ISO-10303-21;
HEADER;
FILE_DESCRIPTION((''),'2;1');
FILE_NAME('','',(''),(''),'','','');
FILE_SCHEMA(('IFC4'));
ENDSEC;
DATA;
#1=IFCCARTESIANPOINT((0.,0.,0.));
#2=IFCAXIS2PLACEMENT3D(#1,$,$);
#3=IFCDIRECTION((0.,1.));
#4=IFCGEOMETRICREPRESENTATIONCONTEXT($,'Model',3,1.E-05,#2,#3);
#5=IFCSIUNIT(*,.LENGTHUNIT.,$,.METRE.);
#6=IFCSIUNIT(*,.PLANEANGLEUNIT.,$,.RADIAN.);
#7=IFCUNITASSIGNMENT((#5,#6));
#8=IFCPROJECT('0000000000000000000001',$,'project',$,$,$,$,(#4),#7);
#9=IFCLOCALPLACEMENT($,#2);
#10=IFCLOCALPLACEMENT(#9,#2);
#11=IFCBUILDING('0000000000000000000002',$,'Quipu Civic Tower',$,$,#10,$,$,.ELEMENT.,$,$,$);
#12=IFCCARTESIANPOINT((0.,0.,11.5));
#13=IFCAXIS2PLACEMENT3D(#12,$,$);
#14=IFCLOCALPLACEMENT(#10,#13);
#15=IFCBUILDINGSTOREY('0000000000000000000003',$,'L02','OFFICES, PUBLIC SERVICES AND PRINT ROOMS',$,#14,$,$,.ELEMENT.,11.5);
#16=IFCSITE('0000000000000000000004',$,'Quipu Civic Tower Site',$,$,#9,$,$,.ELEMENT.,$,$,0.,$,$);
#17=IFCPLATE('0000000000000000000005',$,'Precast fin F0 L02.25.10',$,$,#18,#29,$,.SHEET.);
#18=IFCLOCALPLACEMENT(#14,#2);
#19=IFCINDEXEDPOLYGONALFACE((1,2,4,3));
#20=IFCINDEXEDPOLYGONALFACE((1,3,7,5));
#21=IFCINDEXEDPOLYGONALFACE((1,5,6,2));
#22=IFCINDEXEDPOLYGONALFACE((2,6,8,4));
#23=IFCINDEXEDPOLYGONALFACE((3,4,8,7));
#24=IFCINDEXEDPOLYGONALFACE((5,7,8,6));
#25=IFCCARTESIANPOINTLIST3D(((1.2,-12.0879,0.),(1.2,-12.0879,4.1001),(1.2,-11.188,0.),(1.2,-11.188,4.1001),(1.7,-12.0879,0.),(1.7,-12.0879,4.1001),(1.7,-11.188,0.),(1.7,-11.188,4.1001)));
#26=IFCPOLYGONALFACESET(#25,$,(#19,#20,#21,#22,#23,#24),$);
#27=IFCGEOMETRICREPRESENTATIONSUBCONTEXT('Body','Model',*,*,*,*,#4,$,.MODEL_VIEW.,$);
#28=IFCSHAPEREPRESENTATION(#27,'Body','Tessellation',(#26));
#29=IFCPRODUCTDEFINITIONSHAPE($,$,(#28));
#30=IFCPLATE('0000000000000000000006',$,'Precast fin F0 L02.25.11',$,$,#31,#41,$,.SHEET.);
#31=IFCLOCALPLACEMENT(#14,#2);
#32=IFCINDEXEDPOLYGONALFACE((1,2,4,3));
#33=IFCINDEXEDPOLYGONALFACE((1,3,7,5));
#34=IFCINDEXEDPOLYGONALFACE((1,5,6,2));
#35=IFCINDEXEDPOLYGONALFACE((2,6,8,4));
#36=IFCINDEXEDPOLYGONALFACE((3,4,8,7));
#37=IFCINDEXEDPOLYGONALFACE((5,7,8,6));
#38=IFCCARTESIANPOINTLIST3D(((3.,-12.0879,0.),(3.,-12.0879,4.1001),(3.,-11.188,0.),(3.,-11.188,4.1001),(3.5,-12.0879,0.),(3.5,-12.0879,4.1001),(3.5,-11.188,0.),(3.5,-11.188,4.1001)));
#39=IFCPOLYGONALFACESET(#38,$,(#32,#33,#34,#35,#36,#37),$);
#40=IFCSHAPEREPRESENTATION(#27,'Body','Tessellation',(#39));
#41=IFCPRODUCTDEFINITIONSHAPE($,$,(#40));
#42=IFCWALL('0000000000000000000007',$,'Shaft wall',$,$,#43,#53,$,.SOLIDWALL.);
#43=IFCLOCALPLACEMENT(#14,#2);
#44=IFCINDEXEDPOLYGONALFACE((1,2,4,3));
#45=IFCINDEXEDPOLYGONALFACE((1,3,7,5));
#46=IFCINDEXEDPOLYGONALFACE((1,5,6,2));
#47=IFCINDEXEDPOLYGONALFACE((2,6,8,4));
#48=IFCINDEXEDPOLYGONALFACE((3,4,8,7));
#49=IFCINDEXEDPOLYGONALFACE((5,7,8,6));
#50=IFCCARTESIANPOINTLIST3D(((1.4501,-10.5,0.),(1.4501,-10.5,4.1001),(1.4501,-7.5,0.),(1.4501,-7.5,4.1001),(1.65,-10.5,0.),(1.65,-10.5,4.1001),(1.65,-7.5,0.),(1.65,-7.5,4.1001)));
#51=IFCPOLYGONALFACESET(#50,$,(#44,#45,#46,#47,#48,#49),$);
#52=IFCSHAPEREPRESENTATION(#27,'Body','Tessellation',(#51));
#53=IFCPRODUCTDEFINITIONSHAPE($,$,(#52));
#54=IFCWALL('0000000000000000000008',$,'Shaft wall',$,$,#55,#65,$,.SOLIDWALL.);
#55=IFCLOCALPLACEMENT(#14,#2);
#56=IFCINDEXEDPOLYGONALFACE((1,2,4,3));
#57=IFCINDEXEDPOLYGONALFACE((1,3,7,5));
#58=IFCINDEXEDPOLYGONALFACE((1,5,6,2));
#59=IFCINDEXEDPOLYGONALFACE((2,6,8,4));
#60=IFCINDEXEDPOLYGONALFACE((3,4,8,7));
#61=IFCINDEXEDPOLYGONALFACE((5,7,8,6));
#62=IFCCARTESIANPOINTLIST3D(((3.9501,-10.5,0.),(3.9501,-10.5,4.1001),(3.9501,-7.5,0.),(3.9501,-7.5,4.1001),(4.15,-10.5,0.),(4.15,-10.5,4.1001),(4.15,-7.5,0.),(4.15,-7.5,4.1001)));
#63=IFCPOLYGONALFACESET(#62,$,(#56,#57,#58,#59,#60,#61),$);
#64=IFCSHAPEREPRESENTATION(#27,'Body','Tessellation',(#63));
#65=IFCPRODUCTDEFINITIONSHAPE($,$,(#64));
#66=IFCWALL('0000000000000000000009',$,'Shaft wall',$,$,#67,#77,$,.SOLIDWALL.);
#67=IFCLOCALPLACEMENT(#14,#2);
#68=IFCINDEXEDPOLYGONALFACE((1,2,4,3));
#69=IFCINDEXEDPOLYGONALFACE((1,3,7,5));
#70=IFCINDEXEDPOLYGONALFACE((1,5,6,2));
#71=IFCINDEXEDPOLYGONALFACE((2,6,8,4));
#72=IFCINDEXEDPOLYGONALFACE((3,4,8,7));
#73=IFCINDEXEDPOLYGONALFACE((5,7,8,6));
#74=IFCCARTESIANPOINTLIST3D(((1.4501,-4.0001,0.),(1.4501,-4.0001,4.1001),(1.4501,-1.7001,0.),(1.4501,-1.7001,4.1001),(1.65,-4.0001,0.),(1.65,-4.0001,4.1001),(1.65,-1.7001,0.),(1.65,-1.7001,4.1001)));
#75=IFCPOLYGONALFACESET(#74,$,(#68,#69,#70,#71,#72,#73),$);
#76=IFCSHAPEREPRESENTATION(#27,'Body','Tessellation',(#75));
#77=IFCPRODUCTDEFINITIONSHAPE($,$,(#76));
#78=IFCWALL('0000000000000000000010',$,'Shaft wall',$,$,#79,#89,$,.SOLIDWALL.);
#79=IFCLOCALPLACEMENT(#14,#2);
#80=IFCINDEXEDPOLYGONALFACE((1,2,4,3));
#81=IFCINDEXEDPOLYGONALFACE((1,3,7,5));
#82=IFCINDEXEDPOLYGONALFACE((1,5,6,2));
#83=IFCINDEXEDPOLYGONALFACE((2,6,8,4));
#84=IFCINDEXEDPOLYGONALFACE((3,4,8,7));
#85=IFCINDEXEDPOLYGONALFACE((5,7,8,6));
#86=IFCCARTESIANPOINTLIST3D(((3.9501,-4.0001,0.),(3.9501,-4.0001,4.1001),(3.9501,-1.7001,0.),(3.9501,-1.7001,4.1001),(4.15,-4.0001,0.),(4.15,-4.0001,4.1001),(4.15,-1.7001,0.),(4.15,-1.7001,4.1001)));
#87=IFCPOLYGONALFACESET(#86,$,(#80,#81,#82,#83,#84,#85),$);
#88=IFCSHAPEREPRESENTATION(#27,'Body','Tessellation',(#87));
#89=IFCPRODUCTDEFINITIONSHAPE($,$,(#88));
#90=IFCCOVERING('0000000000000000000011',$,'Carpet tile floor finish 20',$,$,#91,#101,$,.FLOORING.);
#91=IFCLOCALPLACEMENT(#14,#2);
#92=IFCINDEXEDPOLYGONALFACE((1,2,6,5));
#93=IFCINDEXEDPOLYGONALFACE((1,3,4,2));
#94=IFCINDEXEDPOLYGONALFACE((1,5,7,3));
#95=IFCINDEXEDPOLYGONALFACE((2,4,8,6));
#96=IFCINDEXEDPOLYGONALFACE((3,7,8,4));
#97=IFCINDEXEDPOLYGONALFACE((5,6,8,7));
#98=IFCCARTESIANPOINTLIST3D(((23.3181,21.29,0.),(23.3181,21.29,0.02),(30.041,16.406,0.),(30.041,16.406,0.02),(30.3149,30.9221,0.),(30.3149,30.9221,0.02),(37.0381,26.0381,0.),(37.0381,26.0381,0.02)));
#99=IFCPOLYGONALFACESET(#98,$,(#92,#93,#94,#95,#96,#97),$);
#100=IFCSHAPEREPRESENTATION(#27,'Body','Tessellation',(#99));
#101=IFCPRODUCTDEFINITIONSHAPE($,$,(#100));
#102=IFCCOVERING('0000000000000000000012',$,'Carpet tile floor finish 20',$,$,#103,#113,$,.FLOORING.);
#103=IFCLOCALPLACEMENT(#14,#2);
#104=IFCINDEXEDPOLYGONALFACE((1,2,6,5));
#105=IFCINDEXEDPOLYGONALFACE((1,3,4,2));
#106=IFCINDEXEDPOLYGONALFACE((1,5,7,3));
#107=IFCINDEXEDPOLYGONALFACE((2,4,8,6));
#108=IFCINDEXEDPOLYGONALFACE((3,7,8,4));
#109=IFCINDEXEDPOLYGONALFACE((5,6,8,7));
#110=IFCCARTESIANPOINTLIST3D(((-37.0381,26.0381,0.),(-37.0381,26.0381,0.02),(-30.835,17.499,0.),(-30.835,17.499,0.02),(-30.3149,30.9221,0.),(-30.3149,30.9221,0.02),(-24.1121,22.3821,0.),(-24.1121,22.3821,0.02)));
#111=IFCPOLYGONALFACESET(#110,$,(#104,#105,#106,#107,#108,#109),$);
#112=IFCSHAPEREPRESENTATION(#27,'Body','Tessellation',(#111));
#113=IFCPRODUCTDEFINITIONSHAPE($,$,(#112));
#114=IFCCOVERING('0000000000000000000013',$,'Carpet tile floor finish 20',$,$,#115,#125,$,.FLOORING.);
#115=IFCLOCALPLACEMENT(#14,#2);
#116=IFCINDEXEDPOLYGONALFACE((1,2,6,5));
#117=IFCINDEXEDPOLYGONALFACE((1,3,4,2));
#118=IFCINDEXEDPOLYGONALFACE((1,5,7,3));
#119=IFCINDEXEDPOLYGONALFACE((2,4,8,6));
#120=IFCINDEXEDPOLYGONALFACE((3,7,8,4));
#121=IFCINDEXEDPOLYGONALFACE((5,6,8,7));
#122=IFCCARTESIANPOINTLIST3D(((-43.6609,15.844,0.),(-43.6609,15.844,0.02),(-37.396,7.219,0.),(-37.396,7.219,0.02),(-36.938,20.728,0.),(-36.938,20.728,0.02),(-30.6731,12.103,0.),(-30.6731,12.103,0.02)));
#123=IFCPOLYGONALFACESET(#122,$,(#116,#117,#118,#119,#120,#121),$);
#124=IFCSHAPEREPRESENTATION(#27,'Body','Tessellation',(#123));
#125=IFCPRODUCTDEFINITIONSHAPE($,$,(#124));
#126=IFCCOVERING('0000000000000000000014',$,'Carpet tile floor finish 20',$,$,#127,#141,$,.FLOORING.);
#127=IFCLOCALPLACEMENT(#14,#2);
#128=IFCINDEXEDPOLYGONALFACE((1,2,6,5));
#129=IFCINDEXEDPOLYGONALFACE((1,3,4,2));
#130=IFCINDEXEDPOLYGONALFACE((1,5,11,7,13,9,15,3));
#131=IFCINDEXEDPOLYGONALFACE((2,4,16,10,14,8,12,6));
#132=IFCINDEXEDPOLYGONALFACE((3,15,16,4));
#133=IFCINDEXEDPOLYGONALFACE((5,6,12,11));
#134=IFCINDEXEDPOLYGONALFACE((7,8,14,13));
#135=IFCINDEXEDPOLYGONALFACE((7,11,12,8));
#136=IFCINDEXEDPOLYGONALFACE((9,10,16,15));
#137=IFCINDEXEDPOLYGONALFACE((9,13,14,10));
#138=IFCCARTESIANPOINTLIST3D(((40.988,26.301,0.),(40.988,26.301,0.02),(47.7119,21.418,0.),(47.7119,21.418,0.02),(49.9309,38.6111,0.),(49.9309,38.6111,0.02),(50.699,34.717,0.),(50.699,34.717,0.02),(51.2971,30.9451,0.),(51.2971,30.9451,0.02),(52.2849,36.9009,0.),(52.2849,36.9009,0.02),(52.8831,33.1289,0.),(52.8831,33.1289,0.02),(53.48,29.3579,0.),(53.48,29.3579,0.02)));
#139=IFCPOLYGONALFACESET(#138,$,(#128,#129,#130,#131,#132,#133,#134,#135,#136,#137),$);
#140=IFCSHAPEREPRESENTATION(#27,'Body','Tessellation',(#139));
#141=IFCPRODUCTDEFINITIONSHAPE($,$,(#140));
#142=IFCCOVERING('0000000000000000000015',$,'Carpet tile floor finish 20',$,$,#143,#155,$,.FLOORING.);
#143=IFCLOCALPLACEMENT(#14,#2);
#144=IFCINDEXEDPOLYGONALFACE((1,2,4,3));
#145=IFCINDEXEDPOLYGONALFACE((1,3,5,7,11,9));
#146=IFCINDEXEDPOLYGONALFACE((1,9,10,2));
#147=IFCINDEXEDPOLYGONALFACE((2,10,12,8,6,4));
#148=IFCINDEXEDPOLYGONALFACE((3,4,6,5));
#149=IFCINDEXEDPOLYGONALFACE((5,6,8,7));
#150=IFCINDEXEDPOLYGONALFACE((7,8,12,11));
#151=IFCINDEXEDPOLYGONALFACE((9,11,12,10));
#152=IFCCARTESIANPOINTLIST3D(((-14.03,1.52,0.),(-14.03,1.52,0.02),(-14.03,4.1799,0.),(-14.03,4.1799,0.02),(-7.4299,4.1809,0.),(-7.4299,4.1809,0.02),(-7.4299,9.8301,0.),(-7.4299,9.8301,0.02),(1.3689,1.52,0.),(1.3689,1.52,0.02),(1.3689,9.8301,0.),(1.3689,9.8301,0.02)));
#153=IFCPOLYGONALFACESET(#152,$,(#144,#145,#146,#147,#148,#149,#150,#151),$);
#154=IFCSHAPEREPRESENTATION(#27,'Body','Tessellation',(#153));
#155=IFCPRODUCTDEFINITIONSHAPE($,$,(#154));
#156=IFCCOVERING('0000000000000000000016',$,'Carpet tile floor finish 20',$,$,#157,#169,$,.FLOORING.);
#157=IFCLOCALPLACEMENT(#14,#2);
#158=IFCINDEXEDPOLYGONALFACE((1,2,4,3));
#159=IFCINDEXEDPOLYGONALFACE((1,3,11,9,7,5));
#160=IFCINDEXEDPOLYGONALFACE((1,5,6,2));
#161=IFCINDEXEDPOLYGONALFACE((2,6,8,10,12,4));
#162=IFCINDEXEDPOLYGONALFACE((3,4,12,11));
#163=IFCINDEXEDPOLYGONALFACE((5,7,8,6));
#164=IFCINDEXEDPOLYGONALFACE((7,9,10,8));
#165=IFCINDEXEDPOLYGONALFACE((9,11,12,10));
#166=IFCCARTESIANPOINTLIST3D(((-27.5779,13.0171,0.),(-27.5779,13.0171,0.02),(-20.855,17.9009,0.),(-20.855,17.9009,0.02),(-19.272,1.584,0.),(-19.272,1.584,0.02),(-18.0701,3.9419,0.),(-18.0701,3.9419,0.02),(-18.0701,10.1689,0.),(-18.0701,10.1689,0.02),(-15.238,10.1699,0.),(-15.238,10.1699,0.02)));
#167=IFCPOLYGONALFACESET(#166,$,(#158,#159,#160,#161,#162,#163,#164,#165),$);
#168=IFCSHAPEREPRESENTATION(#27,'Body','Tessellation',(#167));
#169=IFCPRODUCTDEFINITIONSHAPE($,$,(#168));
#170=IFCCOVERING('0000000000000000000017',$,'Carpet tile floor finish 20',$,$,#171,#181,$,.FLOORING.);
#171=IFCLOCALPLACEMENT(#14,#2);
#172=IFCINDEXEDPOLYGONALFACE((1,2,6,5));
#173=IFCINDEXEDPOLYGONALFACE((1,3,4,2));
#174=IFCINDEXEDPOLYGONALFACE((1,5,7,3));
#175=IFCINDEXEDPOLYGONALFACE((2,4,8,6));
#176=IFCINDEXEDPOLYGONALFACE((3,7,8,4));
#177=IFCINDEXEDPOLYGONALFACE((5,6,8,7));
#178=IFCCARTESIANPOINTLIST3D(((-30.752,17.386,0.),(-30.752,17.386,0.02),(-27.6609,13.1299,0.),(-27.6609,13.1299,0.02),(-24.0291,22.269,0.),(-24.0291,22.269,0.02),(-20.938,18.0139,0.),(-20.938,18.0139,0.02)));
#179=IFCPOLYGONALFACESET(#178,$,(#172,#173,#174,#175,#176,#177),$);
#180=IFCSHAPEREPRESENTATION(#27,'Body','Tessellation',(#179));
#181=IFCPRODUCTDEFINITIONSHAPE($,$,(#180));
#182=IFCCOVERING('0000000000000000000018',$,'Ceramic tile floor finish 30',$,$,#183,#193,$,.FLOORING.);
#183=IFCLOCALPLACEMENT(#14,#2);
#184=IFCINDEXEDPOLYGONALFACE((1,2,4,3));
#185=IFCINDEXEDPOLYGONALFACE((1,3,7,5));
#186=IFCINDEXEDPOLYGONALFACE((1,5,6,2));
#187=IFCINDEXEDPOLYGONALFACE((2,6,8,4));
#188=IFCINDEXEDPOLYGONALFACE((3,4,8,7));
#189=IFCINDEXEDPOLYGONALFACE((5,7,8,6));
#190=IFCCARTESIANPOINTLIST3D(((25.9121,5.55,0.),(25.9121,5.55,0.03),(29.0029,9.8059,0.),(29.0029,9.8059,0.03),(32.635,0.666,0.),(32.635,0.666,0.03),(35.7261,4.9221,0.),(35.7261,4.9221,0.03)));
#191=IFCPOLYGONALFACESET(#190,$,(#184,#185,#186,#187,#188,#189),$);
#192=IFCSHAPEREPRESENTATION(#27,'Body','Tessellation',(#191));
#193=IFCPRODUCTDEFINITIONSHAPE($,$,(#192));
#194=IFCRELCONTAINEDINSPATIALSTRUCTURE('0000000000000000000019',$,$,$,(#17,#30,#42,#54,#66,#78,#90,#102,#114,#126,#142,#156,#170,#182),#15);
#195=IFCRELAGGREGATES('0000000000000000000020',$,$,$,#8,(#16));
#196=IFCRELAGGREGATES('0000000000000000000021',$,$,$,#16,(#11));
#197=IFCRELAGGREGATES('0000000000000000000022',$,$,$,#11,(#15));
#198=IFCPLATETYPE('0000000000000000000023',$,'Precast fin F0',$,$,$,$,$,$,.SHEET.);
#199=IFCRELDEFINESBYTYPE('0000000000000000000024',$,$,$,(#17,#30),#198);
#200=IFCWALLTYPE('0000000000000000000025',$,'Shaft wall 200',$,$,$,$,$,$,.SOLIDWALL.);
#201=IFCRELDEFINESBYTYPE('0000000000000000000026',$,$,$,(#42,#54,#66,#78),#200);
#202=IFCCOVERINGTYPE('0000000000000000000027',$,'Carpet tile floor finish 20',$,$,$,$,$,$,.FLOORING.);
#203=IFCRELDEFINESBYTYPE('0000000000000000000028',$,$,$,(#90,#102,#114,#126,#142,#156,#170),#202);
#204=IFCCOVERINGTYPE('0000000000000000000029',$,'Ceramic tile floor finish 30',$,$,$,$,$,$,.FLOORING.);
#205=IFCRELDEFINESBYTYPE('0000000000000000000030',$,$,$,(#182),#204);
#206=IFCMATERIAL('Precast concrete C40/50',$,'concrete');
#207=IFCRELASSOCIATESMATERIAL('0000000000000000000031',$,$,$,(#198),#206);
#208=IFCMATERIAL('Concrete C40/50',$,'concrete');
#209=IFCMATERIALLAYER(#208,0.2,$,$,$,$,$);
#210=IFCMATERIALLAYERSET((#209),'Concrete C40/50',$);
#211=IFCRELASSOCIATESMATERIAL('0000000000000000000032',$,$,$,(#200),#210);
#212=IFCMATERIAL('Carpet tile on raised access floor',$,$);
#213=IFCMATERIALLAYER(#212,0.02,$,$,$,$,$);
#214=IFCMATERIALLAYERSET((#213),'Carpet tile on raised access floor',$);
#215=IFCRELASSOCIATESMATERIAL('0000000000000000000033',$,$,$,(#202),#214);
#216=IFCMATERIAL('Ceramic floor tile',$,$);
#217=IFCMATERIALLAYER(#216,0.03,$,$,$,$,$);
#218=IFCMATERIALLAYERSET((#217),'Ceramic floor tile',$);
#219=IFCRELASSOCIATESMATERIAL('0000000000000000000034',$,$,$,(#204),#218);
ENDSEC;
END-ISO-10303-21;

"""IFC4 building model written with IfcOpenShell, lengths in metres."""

from ifc_helpers import new_model, si_unit, direction, frame, frame_2d, origin, origin_2d, place, context, subcontext, project, spatial, polyline, rectangle, outline, extrude, material, layer, layer_set, type_object, element, save


model = new_model("IFC4")

# Units and contexts
model_context = context("Model", 3, precision=1e-05, world=origin(), true_north=direction((0.0, 1.0)))
body_context = subcontext(model_context, "Body", "Model", "MODEL_VIEW")
ifc_project = project(units=[si_unit("LENGTHUNIT", "METRE"), si_unit("PLANEANGLEUNIT", "RADIAN")], contexts=[model_context])

# Site, building, storey
site_placement = place(None, origin())
site = spatial("IfcSite", under=ifc_project, at=site_placement, Name="Quipu Civic Tower Site", CompositionType="ELEMENT", RefElevation=0.0)
building_placement = place(site_placement, origin())
building = spatial("IfcBuilding", under=site, at=building_placement, Name="Quipu Civic Tower", CompositionType="ELEMENT")
storey_placement = place(building_placement, frame((0.0, 0.0, 11.5)))
storey = spatial("IfcBuildingStorey", under=building, at=storey_placement, Name="L02", Description="OFFICES, PUBLIC SERVICES AND PRINT ROOMS", CompositionType="ELEMENT", Elevation=11.5)

# Plates
ifc_material_1 = material(Name="Precast concrete C40/50", Category="concrete")
plate_type = type_object("IfcPlateType", Name="Precast fin F0", PredefinedType="SHEET", material=ifc_material_1)
for number, where, z_axis, x_axis, name in (
    (1, (1.45, -11.6379, 0.0), (0.0, 0.0, 1.0), (1.0, 0.0, 0.0), "Precast fin F0 L02.25.10"),
    (2, (3.25, -11.6379, 0.0), (0.0, 0.0, 1.0), (1.0, 0.0, 0.0), "Precast fin F0 L02.25.11"),
):
    element("IfcPlate", number, at=place(storey_placement, frame(where, z_axis=z_axis, x_axis=x_axis)), inside=storey, type_object=plate_type, Name=name, PredefinedType="SHEET", context=body_context, shape_type="SweptSolid", body=[
        extrude(rectangle(XDim=0.5, YDim=0.8999, at=origin_2d()), origin(), (0.0, 0.0, 1.0), 4.1001),
    ])

# Walls
ifc_material_2 = material(Name="Concrete C40/50", Category="concrete")
ifc_layer_1 = layer(ifc_material_2, 0.2)
ifc_layer_set_1 = layer_set([ifc_layer_1], Name="Concrete C40/50")
wall_type = type_object("IfcWallType", Name="Shaft wall 200", PredefinedType="SOLIDWALL", material=ifc_layer_set_1)
for number, where, z_axis, x_axis, name in (
    (3, (1.55, -10.5, 0.0), (0.0, 0.0, 1.0), (0.0, 1.0, 0.0), "Shaft wall"),
    (4, (4.05, -10.5, 0.0), (0.0, 0.0, 1.0), (0.0, 1.0, 0.0), "Shaft wall"),
):
    element("IfcWall", number, at=place(storey_placement, frame(where, z_axis=z_axis, x_axis=x_axis)), inside=storey, type_object=wall_type, Name=name, PredefinedType="SOLIDWALL", context=body_context, shape_type="SweptSolid", body=[
        extrude(rectangle(XDim=3.0, YDim=0.2, at=frame_2d((1.5, 0.0))), origin(), (0.0, 0.0, 1.0), 4.1001),
    ])
for number, where, z_axis, x_axis, name in (
    (5, (1.55, -4.0, 0.0), (0.0, 0.0, 1.0), (0.0, 1.0, 0.0), "Shaft wall"),
    (6, (4.05, -4.0, 0.0), (0.0, 0.0, 1.0), (0.0, 1.0, 0.0), "Shaft wall"),
):
    element("IfcWall", number, at=place(storey_placement, frame(where, z_axis=z_axis, x_axis=x_axis)), inside=storey, type_object=wall_type, Name=name, PredefinedType="SOLIDWALL", context=body_context, shape_type="SweptSolid", body=[
        extrude(rectangle(XDim=2.3, YDim=0.2, at=frame_2d((1.1499, 0.0))), origin(), (0.0, 0.0, 1.0), 4.1001),
    ])

# Coverings
ifc_material_3 = material(Name="Carpet tile on raised access floor")
ifc_layer_2 = layer(ifc_material_3, 0.02)
ifc_layer_set_2 = layer_set([ifc_layer_2], Name="Carpet tile on raised access floor")
covering_type_1 = type_object("IfcCoveringType", Name="Carpet tile floor finish 20", PredefinedType="FLOORING", material=ifc_layer_set_2)
covering_1_placement = place(storey_placement, origin())
element("IfcCovering", 7, at=covering_1_placement, inside=storey, type_object=covering_type_1, Name="Carpet tile floor finish 20", PredefinedType="FLOORING", context=body_context, shape_type="SweptSolid", body=[
    extrude(outline(polyline([(23.3181, 21.29), (30.3149, 30.9221), (37.0381, 26.0381), (30.041, 16.406), (23.3181, 21.29)])), origin(), (0.0, 0.0, 1.0), 0.02),
])
covering_2_placement = place(storey_placement, origin())
element("IfcCovering", 8, at=covering_2_placement, inside=storey, type_object=covering_type_1, Name="Carpet tile floor finish 20", PredefinedType="FLOORING", context=body_context, shape_type="SweptSolid", body=[
    extrude(outline(polyline([(-37.0381, 26.0381), (-30.3149, 30.9221), (-24.1121, 22.3821), (-30.835, 17.499), (-37.0381, 26.0381)])), origin(), (0.0, 0.0, 1.0), 0.02),
])
covering_3_placement = place(storey_placement, origin())
element("IfcCovering", 9, at=covering_3_placement, inside=storey, type_object=covering_type_1, Name="Carpet tile floor finish 20", PredefinedType="FLOORING", context=body_context, shape_type="SweptSolid", body=[
    extrude(outline(polyline([(-43.6609, 15.844), (-36.938, 20.728), (-30.6731, 12.103), (-37.396, 7.219), (-43.6609, 15.844)])), origin(), (0.0, 0.0, 1.0), 0.02),
])
covering_4_placement = place(storey_placement, origin())
element("IfcCovering", 10, at=covering_4_placement, inside=storey, type_object=covering_type_1, Name="Carpet tile floor finish 20", PredefinedType="FLOORING", context=body_context, shape_type="SweptSolid", body=[
    extrude(outline(polyline([(40.988, 26.301), (49.9309, 38.6111), (52.2849, 36.9009), (50.699, 34.717), (52.8831, 33.1289), (51.2971, 30.9451), (53.48, 29.3579), (47.7119, 21.418), (40.988, 26.301)])), origin(), (0.0, 0.0, 1.0), 0.02),
])
covering_5_placement = place(storey_placement, origin())
element("IfcCovering", 11, at=covering_5_placement, inside=storey, type_object=covering_type_1, Name="Carpet tile floor finish 20", PredefinedType="FLOORING", context=body_context, shape_type="SweptSolid", body=[
    extrude(outline(polyline([(-14.03, 1.52), (-14.03, 4.1799), (-7.4299, 4.1809), (-7.4299, 9.8301), (1.3689, 9.8301), (1.3689, 1.52), (-14.03, 1.52)])), origin(), (0.0, 0.0, 1.0), 0.02),
])
covering_6_placement = place(storey_placement, origin())
element("IfcCovering", 12, at=covering_6_placement, inside=storey, type_object=covering_type_1, Name="Carpet tile floor finish 20", PredefinedType="FLOORING", context=body_context, shape_type="SweptSolid", body=[
    extrude(outline(polyline([(-27.5779, 13.0171), (-20.855, 17.9009), (-15.238, 10.1699), (-18.0701, 10.1689), (-18.0701, 3.9419), (-19.272, 1.584), (-27.5779, 13.0171)])), origin(), (0.0, 0.0, 1.0), 0.02),
])
covering_7_placement = place(storey_placement, origin())
element("IfcCovering", 13, at=covering_7_placement, inside=storey, type_object=covering_type_1, Name="Carpet tile floor finish 20", PredefinedType="FLOORING", context=body_context, shape_type="SweptSolid", body=[
    extrude(outline(polyline([(-30.752, 17.386), (-24.0291, 22.269), (-20.938, 18.0139), (-27.6609, 13.1299), (-30.752, 17.386)])), origin(), (0.0, 0.0, 1.0), 0.02),
])
ifc_material_4 = material(Name="Ceramic floor tile")
ifc_layer_3 = layer(ifc_material_4, 0.03)
ifc_layer_set_3 = layer_set([ifc_layer_3], Name="Ceramic floor tile")
covering_type_2 = type_object("IfcCoveringType", Name="Ceramic tile floor finish 30", PredefinedType="FLOORING", material=ifc_layer_set_3)
covering_8_placement = place(storey_placement, origin())
element("IfcCovering", 14, at=covering_8_placement, inside=storey, type_object=covering_type_2, Name="Ceramic tile floor finish 30", PredefinedType="FLOORING", context=body_context, shape_type="SweptSolid", body=[
    extrude(outline(polyline([(25.9121, 5.55), (29.0029, 9.8059), (35.7261, 4.9221), (32.635, 0.666), (25.9121, 5.55)])), origin(), (0.0, 0.0, 1.0), 0.03),
])

save(model, "model.ifc")
